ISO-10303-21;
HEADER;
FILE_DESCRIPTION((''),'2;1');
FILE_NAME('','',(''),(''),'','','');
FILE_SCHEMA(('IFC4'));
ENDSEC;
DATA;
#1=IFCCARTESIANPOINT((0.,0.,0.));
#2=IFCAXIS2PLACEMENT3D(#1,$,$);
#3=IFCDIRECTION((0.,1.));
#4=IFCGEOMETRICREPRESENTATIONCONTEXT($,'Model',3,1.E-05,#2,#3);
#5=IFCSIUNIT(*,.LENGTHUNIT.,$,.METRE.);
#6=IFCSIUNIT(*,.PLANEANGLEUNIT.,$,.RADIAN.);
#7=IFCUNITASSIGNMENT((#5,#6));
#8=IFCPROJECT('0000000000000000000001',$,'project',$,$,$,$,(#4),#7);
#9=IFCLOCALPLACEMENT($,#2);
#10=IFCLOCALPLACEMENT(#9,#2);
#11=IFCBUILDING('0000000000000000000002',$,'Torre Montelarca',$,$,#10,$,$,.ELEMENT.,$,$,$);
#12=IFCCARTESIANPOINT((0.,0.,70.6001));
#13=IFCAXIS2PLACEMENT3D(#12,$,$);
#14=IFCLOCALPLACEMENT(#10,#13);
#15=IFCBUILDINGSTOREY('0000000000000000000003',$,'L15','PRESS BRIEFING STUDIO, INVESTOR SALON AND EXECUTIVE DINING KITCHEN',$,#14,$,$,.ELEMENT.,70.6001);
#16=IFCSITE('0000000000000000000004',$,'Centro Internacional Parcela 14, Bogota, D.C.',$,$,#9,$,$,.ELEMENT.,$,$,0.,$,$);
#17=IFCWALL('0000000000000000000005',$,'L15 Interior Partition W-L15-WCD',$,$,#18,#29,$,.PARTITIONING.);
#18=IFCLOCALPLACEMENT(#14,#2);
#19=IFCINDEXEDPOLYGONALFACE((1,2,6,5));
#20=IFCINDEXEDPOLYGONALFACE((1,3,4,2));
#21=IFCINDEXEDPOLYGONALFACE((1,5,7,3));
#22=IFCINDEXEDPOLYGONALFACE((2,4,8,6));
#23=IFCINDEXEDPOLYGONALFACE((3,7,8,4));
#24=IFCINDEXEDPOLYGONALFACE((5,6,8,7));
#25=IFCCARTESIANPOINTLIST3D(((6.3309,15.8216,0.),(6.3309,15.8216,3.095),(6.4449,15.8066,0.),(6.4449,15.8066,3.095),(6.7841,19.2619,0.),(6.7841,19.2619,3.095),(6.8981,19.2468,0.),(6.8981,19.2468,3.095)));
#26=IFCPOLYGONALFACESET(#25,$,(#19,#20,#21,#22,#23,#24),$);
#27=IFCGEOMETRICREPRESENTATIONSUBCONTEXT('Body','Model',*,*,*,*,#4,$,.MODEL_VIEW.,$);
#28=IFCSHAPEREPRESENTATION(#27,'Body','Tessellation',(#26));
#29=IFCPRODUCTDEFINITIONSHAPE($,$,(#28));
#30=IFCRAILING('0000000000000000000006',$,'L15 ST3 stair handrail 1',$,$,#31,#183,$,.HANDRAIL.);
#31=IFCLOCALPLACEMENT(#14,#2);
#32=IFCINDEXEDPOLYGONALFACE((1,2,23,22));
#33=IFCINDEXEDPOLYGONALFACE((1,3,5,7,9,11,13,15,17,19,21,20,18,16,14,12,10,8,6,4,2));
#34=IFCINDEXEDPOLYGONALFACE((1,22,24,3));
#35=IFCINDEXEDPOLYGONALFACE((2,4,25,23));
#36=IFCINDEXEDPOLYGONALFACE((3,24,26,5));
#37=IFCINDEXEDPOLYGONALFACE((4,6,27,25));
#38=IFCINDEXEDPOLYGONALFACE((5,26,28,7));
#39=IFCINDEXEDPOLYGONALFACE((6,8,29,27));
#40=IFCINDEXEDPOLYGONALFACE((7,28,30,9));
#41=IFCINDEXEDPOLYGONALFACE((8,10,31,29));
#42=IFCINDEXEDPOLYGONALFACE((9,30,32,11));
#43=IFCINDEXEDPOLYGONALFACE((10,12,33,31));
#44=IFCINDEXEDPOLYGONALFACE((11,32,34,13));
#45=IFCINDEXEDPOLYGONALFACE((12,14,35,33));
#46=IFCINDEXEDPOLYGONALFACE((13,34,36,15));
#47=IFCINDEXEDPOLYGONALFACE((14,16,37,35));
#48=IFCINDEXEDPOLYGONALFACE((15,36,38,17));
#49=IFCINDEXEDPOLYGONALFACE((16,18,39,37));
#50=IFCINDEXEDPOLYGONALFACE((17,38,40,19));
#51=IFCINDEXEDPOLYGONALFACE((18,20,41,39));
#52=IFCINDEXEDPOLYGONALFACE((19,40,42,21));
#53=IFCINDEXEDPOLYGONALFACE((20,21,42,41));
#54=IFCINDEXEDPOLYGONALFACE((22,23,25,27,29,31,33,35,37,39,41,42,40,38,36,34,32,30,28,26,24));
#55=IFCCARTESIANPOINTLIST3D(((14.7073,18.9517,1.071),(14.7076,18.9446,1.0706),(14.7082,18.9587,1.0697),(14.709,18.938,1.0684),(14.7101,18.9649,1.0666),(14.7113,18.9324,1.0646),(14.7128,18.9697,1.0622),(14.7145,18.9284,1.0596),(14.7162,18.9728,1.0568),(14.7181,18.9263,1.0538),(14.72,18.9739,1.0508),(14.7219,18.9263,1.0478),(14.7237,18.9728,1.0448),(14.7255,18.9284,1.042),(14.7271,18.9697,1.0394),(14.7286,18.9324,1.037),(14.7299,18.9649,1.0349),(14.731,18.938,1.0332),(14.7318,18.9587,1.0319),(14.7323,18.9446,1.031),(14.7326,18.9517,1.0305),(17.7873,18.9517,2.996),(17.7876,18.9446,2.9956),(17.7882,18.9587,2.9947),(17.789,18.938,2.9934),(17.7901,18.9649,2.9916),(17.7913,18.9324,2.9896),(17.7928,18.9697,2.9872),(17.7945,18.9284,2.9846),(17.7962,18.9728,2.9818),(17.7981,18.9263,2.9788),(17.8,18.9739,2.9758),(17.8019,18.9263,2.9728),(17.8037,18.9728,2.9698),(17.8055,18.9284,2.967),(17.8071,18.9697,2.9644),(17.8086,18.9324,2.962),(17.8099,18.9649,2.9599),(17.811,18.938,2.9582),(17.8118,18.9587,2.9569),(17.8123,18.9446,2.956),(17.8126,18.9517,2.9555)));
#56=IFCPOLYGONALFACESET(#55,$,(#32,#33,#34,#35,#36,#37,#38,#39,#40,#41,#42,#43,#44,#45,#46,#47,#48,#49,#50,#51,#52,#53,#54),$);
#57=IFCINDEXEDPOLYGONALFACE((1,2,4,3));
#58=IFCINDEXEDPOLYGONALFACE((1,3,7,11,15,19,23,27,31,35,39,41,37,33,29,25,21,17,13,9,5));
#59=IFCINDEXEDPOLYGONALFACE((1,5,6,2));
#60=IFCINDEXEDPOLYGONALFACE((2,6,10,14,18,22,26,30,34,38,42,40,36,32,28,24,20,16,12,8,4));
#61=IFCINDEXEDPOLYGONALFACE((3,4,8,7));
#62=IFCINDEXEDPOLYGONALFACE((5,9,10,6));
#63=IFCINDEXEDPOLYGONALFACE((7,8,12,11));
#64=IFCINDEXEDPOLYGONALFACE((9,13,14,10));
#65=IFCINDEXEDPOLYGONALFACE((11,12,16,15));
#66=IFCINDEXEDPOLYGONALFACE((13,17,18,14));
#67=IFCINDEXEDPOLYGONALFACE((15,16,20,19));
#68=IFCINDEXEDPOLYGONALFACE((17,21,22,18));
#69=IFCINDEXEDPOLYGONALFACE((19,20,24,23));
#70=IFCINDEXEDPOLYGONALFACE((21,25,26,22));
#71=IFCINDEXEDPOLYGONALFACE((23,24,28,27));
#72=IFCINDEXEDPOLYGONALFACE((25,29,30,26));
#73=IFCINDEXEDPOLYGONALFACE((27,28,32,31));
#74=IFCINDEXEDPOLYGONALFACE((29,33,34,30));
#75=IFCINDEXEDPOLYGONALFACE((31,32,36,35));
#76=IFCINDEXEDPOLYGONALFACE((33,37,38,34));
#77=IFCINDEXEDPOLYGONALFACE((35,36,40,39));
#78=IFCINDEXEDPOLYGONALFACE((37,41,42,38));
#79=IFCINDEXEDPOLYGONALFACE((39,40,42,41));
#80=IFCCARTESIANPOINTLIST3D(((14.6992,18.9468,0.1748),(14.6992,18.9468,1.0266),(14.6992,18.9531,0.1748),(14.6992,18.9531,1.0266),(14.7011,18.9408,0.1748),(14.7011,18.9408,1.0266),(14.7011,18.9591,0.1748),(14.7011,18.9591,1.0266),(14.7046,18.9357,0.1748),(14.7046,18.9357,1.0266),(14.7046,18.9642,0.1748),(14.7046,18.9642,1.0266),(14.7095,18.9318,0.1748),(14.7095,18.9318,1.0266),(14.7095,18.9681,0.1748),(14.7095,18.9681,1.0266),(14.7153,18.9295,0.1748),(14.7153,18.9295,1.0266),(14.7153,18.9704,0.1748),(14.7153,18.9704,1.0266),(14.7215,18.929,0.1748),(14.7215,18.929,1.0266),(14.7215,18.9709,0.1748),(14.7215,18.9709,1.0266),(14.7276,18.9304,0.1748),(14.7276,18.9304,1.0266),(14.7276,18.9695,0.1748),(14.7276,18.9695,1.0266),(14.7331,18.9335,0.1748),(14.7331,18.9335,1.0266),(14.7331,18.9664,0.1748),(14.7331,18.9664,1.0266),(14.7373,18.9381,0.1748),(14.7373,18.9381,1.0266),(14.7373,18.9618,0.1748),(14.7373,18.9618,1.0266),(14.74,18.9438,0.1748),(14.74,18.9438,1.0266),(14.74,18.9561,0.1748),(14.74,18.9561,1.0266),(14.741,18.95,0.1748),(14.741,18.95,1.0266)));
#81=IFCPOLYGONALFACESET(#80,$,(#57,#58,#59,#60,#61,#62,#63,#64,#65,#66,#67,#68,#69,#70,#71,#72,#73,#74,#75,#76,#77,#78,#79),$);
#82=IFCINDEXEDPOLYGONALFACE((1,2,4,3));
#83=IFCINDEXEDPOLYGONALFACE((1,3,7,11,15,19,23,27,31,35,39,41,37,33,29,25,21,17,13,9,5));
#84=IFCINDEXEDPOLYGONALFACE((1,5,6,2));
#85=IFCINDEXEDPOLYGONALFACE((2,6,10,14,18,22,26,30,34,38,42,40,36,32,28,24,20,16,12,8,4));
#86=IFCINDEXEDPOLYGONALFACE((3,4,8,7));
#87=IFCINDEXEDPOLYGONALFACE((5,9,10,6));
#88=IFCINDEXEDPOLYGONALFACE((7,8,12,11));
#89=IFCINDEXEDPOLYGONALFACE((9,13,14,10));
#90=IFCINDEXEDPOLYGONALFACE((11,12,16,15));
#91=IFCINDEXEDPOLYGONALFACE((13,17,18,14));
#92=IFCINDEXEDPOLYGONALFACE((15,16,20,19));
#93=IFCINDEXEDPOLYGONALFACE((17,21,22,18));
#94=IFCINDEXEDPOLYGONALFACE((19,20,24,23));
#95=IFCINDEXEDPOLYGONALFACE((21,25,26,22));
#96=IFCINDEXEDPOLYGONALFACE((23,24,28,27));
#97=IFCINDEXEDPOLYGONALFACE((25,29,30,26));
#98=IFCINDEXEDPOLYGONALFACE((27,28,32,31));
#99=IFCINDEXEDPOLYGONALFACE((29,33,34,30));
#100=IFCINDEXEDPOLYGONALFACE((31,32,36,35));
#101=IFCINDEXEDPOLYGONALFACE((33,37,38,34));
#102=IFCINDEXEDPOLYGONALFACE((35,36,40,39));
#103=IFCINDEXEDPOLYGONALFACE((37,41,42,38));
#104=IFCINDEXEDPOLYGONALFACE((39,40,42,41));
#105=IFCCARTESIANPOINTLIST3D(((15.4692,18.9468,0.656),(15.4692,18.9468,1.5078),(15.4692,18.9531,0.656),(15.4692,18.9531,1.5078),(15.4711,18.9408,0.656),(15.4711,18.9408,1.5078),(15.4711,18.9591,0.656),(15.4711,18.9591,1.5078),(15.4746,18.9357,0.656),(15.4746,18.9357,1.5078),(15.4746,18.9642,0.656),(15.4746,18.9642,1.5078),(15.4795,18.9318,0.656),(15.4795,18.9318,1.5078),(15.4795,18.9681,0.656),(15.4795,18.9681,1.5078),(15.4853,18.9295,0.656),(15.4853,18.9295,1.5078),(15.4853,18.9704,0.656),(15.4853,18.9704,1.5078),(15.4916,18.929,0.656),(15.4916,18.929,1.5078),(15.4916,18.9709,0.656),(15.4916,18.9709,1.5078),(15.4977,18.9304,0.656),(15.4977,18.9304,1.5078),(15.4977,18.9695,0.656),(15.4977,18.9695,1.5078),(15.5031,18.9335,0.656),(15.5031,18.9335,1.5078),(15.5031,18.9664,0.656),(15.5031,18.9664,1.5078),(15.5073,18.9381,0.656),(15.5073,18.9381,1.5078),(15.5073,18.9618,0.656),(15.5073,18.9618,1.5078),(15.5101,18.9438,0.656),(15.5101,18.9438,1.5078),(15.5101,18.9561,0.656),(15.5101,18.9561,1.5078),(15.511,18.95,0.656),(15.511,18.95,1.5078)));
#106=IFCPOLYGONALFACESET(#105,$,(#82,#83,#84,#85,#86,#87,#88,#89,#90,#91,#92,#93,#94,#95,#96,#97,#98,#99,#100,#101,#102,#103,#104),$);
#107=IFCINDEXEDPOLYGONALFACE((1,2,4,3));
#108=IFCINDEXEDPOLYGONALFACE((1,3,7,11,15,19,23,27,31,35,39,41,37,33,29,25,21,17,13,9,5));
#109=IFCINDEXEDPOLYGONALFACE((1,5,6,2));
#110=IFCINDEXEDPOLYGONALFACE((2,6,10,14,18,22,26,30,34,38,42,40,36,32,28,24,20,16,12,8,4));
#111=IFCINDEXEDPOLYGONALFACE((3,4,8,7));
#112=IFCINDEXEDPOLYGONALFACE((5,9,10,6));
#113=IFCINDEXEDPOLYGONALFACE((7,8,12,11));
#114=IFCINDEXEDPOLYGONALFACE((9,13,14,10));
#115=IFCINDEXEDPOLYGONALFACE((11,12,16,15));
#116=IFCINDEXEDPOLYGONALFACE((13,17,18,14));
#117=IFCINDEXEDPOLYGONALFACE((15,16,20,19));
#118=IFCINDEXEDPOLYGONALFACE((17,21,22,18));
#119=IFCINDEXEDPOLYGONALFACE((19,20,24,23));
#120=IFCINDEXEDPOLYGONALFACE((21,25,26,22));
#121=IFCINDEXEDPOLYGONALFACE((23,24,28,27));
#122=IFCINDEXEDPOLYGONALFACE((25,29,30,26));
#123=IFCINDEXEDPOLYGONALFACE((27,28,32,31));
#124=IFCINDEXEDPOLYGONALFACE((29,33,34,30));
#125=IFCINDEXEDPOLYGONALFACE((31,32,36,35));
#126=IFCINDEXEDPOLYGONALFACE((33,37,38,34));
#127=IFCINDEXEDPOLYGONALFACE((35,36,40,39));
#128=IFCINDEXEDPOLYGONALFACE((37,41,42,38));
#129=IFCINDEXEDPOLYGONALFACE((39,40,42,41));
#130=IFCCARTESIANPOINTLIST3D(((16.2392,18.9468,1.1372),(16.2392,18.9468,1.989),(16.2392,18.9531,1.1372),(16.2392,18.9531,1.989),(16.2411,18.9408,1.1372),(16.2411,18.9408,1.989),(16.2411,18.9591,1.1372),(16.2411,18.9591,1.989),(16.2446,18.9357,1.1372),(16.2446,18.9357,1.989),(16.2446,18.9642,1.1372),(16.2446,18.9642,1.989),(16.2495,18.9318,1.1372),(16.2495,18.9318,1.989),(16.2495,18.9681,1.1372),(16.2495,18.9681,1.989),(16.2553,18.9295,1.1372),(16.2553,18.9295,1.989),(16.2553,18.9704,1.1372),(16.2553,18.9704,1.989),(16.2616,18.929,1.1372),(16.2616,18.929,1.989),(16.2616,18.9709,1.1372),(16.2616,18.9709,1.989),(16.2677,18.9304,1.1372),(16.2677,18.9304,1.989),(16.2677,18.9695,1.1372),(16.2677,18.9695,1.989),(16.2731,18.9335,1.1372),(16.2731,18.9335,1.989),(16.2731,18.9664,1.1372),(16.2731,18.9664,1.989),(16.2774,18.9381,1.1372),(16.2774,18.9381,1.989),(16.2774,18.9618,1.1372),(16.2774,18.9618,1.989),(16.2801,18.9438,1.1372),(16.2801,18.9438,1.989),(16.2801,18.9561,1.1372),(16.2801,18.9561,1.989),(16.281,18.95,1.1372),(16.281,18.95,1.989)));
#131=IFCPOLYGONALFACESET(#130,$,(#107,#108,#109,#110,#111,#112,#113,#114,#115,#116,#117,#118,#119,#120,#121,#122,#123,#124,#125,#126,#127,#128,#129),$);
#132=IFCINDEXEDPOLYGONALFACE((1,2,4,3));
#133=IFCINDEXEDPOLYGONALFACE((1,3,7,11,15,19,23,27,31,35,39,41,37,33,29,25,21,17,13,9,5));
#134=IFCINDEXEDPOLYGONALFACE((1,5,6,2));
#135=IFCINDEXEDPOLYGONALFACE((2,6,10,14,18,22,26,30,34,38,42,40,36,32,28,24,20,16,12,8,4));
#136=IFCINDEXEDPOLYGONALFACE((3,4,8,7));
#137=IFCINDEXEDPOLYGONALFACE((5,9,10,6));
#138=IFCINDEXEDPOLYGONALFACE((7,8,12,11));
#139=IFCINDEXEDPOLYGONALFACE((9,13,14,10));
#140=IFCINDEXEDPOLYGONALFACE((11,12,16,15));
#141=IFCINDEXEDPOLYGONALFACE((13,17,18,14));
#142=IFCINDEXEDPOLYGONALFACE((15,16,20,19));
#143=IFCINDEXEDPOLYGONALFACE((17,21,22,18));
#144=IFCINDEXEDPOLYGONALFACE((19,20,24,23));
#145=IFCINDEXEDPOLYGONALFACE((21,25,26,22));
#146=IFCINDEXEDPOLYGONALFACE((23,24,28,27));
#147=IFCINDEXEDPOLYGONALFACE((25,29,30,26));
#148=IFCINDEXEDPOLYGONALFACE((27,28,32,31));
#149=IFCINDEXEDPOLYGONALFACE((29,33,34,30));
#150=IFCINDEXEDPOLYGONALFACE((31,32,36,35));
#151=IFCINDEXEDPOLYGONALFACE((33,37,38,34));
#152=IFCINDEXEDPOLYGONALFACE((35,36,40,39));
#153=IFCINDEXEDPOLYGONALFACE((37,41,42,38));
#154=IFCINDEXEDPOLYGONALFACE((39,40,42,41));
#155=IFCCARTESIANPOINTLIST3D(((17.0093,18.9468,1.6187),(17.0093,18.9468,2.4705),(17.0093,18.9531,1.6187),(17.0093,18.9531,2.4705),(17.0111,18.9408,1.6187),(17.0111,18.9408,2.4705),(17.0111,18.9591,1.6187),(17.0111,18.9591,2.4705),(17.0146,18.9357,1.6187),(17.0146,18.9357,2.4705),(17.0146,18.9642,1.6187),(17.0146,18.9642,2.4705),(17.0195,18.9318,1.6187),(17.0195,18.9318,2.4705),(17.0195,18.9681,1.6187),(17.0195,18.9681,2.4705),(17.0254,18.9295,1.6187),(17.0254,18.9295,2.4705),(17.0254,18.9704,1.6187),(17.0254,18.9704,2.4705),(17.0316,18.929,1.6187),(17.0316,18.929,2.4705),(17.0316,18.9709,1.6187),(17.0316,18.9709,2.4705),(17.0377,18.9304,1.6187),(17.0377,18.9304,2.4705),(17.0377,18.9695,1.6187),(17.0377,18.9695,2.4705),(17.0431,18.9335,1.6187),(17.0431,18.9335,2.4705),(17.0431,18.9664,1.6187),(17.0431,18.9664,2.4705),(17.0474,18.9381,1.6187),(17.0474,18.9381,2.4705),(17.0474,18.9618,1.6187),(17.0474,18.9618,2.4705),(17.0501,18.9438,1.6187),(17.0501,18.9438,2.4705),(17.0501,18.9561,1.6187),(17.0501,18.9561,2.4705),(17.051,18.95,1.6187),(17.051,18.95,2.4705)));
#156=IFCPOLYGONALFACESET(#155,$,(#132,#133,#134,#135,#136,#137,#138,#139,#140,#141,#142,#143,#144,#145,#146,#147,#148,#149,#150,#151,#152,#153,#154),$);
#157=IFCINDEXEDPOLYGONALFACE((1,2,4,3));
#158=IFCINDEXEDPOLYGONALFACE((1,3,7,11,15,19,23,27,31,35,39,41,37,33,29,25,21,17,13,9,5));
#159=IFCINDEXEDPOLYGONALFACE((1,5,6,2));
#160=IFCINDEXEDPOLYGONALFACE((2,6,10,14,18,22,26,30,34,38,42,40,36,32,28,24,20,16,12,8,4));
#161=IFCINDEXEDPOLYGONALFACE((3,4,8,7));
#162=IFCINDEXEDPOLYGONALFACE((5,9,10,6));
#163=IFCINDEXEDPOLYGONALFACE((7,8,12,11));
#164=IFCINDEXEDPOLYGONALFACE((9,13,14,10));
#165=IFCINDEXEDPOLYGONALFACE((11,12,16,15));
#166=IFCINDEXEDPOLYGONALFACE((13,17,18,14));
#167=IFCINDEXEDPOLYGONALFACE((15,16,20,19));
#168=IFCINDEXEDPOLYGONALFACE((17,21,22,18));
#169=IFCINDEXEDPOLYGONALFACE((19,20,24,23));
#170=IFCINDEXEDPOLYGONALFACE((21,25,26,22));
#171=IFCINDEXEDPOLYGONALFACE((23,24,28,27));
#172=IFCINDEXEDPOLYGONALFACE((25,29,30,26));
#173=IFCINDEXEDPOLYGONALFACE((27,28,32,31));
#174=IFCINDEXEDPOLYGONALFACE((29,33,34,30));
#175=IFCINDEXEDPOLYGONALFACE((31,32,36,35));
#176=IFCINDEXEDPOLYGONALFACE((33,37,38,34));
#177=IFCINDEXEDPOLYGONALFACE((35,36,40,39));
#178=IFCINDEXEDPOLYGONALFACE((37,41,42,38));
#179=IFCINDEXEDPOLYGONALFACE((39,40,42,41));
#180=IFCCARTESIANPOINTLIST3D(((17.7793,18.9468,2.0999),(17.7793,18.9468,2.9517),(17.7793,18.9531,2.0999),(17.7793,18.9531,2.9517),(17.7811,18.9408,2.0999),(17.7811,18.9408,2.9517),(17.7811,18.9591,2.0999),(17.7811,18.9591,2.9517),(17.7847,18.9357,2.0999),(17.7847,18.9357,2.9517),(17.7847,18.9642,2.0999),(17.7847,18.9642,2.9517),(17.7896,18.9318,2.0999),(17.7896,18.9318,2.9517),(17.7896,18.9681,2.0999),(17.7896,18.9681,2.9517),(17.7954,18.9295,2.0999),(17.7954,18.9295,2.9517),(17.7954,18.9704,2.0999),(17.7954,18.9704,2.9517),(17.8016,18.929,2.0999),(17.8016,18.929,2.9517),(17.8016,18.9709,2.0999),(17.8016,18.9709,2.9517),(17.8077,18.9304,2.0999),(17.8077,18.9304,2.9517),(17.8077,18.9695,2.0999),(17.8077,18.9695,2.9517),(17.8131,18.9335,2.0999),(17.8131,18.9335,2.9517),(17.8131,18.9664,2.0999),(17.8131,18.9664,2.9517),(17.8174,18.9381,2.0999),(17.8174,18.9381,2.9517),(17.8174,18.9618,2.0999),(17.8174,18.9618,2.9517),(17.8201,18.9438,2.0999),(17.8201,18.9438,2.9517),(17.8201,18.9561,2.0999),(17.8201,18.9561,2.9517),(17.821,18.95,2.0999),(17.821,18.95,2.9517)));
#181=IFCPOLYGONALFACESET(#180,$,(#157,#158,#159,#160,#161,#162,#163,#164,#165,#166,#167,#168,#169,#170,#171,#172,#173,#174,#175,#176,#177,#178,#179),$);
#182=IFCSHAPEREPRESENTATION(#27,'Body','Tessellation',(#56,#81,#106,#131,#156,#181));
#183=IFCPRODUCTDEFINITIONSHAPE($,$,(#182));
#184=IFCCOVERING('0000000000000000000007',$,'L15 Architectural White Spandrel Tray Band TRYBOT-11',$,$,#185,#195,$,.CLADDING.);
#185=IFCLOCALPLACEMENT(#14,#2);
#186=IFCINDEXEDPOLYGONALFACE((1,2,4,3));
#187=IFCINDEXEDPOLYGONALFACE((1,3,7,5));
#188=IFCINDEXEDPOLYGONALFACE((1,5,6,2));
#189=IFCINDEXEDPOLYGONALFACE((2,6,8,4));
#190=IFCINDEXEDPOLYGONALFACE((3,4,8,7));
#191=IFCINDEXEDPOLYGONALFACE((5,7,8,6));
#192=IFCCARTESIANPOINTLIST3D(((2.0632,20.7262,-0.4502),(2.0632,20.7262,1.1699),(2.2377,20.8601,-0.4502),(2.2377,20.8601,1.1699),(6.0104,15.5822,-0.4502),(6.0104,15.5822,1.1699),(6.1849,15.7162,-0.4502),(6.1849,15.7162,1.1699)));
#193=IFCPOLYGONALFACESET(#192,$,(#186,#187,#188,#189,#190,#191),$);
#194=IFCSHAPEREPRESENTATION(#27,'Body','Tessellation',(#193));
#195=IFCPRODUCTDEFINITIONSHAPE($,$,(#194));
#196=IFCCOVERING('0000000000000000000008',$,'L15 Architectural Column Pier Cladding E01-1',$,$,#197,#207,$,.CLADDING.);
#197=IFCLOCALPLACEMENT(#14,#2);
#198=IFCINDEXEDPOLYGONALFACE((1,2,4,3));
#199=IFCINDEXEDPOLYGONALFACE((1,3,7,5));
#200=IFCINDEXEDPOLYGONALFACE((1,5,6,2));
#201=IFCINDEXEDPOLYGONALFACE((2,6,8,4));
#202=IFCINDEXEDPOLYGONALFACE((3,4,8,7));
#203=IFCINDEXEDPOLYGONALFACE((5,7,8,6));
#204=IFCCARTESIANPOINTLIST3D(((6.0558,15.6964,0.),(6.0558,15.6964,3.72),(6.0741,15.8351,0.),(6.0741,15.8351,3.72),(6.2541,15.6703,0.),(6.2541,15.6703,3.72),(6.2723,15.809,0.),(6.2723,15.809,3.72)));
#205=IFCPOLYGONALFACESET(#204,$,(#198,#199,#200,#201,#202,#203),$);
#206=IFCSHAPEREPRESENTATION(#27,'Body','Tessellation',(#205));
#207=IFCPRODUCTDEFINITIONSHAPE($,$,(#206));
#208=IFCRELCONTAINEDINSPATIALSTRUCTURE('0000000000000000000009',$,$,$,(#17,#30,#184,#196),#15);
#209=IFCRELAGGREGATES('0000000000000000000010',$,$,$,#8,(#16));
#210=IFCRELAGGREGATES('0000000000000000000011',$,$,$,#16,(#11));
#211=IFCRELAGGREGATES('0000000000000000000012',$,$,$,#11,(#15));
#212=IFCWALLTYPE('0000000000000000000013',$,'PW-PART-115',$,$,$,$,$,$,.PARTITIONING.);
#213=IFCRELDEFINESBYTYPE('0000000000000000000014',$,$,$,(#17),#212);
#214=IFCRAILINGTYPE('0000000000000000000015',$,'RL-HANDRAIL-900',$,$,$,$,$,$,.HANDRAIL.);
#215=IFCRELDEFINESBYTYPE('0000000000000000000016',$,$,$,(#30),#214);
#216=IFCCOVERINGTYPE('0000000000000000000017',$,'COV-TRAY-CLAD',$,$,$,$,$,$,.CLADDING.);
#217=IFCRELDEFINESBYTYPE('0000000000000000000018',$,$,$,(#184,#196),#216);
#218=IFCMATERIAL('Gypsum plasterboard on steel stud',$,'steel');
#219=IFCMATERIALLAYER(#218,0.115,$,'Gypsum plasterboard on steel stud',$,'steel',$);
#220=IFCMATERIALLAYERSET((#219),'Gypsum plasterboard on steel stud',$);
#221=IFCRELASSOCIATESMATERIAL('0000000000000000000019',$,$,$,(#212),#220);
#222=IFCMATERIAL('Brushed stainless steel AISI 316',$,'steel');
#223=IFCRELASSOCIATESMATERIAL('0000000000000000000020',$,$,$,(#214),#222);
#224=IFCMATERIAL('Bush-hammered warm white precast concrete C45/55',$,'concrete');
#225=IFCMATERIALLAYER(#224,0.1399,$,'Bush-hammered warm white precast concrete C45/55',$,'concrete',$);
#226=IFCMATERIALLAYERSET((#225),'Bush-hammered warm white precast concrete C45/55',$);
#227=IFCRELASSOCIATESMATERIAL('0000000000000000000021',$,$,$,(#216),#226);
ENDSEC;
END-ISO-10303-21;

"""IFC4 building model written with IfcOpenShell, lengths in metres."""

from ifc_helpers import new_model, si_unit, direction, frame, frame_2d, origin, origin_2d, place, context, subcontext, project, spatial, rectangle, circle, extrude, source, transform, mapped, material, layer, layer_set, type_object, element, save


model = new_model("IFC4")

# Units and contexts
model_context = context("Model", 3, precision=1e-05, world=origin(), true_north=direction((0.0, 1.0)))
body_context = subcontext(model_context, "Body", "Model", "MODEL_VIEW")
ifc_project = project(units=[si_unit("LENGTHUNIT", "METRE"), si_unit("PLANEANGLEUNIT", "RADIAN")], contexts=[model_context])

# Site, building, storey
site_placement = place(None, origin())
site = spatial("IfcSite", under=ifc_project, at=site_placement, Name="Centro Internacional Parcela 14, Bogota, D.C.", CompositionType="ELEMENT", RefElevation=0.0)
building_placement = place(site_placement, origin())
building = spatial("IfcBuilding", under=site, at=building_placement, Name="Torre Montelarca", CompositionType="ELEMENT")
storey_placement = place(building_placement, frame((0.0, 0.0, 70.6001)))
storey = spatial("IfcBuildingStorey", under=building, at=storey_placement, Name="L15", Description="PRESS BRIEFING STUDIO, INVESTOR SALON AND EXECUTIVE DINING KITCHEN", CompositionType="ELEMENT", Elevation=70.6001)

# Shared definitions
ifc_material_1 = material(Name="Gypsum plasterboard on steel stud", Category="steel")

# Wall
ifc_layer_1 = layer(ifc_material_1, 0.115, Name="Gypsum plasterboard on steel stud", Category="steel")
ifc_layer_set_1 = layer_set([ifc_layer_1], Name="Gypsum plasterboard on steel stud")
wall_type_1 = type_object("IfcWallType", Name="PW-PART-115", PredefinedType="PARTITIONING", material=ifc_layer_set_1)
wall_1_placement = place(storey_placement, frame((6.3879, 15.8142, 0.0), z_axis=(0.0, 0.0, 1.0), x_axis=(0.130587, 0.991437, 0.0)))
element("IfcWall", 1, at=wall_1_placement, inside=storey, type_object=wall_type_1, Name="L15 Interior Partition W-L15-WCD", PredefinedType="PARTITIONING", context=body_context, shape_type="SweptSolid", body=[
    extrude(rectangle(XDim=3.47, YDim=0.115, at=frame_2d((1.7349, 0.0))), origin(), (0.0, 0.0, 1.0), 3.095),
])

# Railing
ifc_material_2 = material(Name="Brushed stainless steel AISI 316", Category="steel")
railing_type = type_object("IfcRailingType", Name="RL-HANDRAIL-900", PredefinedType="HANDRAIL", material=ifc_material_2)
railing_placement = place(storey_placement, frame((14.72, 18.95, 0.1748)))
element("IfcRailing", 2, at=railing_placement, inside=storey, type_object=railing_type, Name="L15 ST3 stair handrail 1", PredefinedType="HANDRAIL", context=body_context, shape_type="SweptSolid", body=[
    extrude(circle(Radius=0.0239, at=origin_2d()), frame((0.0, 0.0, 0.876), z_axis=(0.847998, 0.0, 0.529999), x_axis=(0.0, 1.0, 0.0)), (0.0, 0.0, 1.0), 3.6321),
    extrude(circle(Radius=0.021, at=origin_2d()), origin(), (0.0, 0.0, 1.0), 0.8518),
    extrude(circle(Radius=0.021, at=origin_2d()), frame((0.77, 0.0, 0.4812)), (0.0, 0.0, 1.0), 0.8518),
    extrude(circle(Radius=0.021, at=origin_2d()), frame((1.54, 0.0, 0.9624)), (0.0, 0.0, 1.0), 0.8518),
    extrude(circle(Radius=0.021, at=origin_2d()), frame((2.3101, 0.0, 1.4438)), (0.0, 0.0, 1.0), 0.8518),
    extrude(circle(Radius=0.021, at=origin_2d()), frame((3.0801, 0.0, 1.925)), (0.0, 0.0, 1.0), 0.8518),
])

# Coverings
ifc_material_3 = material(Name="Bush-hammered warm white precast concrete C45/55", Category="concrete")
ifc_layer_2 = layer(ifc_material_3, 0.1399, Name="Bush-hammered warm white precast concrete C45/55", Category="concrete")
ifc_layer_set_2 = layer_set([ifc_layer_2], Name="Bush-hammered warm white precast concrete C45/55")
covering_type = type_object("IfcCoveringType", Name="COV-TRAY-CLAD", PredefinedType="CLADDING", material=ifc_layer_set_2)
shared_shape_1 = source(origin(), body_context, "Body", "SweptSolid", [
    extrude(rectangle(XDim=6.4839, YDim=0.22, at=origin_2d()), origin(), (0.0, 0.0, 1.0), 1.6201),
])
covering_1_placement = place(storey_placement, frame((4.124, 18.2212, -0.4502), z_axis=(0.0, 0.0, 1.0), x_axis=(0.608766, -0.79335, 0.0)))
element("IfcCovering", 3, at=covering_1_placement, inside=storey, type_object=covering_type, Name="L15 Architectural White Spandrel Tray Band TRYBOT-11", PredefinedType="CLADDING", context=body_context, shape_type="MappedRepresentation", body=[
    mapped(shared_shape_1, transform((0.0, 0.0, 0.0), scale=1.0)),
])
shared_shape_2 = source(origin(), body_context, "Body", "SweptSolid", [
    extrude(rectangle(XDim=0.2, YDim=0.1399, at=origin_2d()), origin(), (0.0, 0.0, 1.0), 3.72),
])
covering_2_placement = place(storey_placement, frame((6.1641, 15.7527, 0.0), z_axis=(0.0, 0.0, 1.0), x_axis=(0.991445, -0.130523, 0.0)))
element("IfcCovering", 4, at=covering_2_placement, inside=storey, type_object=covering_type, Name="L15 Architectural Column Pier Cladding E01-1", PredefinedType="CLADDING", context=body_context, shape_type="MappedRepresentation", body=[
    mapped(shared_shape_2, transform((0.0, 0.0, 0.0), scale=1.0)),
])

save(model, "model.ifc")
